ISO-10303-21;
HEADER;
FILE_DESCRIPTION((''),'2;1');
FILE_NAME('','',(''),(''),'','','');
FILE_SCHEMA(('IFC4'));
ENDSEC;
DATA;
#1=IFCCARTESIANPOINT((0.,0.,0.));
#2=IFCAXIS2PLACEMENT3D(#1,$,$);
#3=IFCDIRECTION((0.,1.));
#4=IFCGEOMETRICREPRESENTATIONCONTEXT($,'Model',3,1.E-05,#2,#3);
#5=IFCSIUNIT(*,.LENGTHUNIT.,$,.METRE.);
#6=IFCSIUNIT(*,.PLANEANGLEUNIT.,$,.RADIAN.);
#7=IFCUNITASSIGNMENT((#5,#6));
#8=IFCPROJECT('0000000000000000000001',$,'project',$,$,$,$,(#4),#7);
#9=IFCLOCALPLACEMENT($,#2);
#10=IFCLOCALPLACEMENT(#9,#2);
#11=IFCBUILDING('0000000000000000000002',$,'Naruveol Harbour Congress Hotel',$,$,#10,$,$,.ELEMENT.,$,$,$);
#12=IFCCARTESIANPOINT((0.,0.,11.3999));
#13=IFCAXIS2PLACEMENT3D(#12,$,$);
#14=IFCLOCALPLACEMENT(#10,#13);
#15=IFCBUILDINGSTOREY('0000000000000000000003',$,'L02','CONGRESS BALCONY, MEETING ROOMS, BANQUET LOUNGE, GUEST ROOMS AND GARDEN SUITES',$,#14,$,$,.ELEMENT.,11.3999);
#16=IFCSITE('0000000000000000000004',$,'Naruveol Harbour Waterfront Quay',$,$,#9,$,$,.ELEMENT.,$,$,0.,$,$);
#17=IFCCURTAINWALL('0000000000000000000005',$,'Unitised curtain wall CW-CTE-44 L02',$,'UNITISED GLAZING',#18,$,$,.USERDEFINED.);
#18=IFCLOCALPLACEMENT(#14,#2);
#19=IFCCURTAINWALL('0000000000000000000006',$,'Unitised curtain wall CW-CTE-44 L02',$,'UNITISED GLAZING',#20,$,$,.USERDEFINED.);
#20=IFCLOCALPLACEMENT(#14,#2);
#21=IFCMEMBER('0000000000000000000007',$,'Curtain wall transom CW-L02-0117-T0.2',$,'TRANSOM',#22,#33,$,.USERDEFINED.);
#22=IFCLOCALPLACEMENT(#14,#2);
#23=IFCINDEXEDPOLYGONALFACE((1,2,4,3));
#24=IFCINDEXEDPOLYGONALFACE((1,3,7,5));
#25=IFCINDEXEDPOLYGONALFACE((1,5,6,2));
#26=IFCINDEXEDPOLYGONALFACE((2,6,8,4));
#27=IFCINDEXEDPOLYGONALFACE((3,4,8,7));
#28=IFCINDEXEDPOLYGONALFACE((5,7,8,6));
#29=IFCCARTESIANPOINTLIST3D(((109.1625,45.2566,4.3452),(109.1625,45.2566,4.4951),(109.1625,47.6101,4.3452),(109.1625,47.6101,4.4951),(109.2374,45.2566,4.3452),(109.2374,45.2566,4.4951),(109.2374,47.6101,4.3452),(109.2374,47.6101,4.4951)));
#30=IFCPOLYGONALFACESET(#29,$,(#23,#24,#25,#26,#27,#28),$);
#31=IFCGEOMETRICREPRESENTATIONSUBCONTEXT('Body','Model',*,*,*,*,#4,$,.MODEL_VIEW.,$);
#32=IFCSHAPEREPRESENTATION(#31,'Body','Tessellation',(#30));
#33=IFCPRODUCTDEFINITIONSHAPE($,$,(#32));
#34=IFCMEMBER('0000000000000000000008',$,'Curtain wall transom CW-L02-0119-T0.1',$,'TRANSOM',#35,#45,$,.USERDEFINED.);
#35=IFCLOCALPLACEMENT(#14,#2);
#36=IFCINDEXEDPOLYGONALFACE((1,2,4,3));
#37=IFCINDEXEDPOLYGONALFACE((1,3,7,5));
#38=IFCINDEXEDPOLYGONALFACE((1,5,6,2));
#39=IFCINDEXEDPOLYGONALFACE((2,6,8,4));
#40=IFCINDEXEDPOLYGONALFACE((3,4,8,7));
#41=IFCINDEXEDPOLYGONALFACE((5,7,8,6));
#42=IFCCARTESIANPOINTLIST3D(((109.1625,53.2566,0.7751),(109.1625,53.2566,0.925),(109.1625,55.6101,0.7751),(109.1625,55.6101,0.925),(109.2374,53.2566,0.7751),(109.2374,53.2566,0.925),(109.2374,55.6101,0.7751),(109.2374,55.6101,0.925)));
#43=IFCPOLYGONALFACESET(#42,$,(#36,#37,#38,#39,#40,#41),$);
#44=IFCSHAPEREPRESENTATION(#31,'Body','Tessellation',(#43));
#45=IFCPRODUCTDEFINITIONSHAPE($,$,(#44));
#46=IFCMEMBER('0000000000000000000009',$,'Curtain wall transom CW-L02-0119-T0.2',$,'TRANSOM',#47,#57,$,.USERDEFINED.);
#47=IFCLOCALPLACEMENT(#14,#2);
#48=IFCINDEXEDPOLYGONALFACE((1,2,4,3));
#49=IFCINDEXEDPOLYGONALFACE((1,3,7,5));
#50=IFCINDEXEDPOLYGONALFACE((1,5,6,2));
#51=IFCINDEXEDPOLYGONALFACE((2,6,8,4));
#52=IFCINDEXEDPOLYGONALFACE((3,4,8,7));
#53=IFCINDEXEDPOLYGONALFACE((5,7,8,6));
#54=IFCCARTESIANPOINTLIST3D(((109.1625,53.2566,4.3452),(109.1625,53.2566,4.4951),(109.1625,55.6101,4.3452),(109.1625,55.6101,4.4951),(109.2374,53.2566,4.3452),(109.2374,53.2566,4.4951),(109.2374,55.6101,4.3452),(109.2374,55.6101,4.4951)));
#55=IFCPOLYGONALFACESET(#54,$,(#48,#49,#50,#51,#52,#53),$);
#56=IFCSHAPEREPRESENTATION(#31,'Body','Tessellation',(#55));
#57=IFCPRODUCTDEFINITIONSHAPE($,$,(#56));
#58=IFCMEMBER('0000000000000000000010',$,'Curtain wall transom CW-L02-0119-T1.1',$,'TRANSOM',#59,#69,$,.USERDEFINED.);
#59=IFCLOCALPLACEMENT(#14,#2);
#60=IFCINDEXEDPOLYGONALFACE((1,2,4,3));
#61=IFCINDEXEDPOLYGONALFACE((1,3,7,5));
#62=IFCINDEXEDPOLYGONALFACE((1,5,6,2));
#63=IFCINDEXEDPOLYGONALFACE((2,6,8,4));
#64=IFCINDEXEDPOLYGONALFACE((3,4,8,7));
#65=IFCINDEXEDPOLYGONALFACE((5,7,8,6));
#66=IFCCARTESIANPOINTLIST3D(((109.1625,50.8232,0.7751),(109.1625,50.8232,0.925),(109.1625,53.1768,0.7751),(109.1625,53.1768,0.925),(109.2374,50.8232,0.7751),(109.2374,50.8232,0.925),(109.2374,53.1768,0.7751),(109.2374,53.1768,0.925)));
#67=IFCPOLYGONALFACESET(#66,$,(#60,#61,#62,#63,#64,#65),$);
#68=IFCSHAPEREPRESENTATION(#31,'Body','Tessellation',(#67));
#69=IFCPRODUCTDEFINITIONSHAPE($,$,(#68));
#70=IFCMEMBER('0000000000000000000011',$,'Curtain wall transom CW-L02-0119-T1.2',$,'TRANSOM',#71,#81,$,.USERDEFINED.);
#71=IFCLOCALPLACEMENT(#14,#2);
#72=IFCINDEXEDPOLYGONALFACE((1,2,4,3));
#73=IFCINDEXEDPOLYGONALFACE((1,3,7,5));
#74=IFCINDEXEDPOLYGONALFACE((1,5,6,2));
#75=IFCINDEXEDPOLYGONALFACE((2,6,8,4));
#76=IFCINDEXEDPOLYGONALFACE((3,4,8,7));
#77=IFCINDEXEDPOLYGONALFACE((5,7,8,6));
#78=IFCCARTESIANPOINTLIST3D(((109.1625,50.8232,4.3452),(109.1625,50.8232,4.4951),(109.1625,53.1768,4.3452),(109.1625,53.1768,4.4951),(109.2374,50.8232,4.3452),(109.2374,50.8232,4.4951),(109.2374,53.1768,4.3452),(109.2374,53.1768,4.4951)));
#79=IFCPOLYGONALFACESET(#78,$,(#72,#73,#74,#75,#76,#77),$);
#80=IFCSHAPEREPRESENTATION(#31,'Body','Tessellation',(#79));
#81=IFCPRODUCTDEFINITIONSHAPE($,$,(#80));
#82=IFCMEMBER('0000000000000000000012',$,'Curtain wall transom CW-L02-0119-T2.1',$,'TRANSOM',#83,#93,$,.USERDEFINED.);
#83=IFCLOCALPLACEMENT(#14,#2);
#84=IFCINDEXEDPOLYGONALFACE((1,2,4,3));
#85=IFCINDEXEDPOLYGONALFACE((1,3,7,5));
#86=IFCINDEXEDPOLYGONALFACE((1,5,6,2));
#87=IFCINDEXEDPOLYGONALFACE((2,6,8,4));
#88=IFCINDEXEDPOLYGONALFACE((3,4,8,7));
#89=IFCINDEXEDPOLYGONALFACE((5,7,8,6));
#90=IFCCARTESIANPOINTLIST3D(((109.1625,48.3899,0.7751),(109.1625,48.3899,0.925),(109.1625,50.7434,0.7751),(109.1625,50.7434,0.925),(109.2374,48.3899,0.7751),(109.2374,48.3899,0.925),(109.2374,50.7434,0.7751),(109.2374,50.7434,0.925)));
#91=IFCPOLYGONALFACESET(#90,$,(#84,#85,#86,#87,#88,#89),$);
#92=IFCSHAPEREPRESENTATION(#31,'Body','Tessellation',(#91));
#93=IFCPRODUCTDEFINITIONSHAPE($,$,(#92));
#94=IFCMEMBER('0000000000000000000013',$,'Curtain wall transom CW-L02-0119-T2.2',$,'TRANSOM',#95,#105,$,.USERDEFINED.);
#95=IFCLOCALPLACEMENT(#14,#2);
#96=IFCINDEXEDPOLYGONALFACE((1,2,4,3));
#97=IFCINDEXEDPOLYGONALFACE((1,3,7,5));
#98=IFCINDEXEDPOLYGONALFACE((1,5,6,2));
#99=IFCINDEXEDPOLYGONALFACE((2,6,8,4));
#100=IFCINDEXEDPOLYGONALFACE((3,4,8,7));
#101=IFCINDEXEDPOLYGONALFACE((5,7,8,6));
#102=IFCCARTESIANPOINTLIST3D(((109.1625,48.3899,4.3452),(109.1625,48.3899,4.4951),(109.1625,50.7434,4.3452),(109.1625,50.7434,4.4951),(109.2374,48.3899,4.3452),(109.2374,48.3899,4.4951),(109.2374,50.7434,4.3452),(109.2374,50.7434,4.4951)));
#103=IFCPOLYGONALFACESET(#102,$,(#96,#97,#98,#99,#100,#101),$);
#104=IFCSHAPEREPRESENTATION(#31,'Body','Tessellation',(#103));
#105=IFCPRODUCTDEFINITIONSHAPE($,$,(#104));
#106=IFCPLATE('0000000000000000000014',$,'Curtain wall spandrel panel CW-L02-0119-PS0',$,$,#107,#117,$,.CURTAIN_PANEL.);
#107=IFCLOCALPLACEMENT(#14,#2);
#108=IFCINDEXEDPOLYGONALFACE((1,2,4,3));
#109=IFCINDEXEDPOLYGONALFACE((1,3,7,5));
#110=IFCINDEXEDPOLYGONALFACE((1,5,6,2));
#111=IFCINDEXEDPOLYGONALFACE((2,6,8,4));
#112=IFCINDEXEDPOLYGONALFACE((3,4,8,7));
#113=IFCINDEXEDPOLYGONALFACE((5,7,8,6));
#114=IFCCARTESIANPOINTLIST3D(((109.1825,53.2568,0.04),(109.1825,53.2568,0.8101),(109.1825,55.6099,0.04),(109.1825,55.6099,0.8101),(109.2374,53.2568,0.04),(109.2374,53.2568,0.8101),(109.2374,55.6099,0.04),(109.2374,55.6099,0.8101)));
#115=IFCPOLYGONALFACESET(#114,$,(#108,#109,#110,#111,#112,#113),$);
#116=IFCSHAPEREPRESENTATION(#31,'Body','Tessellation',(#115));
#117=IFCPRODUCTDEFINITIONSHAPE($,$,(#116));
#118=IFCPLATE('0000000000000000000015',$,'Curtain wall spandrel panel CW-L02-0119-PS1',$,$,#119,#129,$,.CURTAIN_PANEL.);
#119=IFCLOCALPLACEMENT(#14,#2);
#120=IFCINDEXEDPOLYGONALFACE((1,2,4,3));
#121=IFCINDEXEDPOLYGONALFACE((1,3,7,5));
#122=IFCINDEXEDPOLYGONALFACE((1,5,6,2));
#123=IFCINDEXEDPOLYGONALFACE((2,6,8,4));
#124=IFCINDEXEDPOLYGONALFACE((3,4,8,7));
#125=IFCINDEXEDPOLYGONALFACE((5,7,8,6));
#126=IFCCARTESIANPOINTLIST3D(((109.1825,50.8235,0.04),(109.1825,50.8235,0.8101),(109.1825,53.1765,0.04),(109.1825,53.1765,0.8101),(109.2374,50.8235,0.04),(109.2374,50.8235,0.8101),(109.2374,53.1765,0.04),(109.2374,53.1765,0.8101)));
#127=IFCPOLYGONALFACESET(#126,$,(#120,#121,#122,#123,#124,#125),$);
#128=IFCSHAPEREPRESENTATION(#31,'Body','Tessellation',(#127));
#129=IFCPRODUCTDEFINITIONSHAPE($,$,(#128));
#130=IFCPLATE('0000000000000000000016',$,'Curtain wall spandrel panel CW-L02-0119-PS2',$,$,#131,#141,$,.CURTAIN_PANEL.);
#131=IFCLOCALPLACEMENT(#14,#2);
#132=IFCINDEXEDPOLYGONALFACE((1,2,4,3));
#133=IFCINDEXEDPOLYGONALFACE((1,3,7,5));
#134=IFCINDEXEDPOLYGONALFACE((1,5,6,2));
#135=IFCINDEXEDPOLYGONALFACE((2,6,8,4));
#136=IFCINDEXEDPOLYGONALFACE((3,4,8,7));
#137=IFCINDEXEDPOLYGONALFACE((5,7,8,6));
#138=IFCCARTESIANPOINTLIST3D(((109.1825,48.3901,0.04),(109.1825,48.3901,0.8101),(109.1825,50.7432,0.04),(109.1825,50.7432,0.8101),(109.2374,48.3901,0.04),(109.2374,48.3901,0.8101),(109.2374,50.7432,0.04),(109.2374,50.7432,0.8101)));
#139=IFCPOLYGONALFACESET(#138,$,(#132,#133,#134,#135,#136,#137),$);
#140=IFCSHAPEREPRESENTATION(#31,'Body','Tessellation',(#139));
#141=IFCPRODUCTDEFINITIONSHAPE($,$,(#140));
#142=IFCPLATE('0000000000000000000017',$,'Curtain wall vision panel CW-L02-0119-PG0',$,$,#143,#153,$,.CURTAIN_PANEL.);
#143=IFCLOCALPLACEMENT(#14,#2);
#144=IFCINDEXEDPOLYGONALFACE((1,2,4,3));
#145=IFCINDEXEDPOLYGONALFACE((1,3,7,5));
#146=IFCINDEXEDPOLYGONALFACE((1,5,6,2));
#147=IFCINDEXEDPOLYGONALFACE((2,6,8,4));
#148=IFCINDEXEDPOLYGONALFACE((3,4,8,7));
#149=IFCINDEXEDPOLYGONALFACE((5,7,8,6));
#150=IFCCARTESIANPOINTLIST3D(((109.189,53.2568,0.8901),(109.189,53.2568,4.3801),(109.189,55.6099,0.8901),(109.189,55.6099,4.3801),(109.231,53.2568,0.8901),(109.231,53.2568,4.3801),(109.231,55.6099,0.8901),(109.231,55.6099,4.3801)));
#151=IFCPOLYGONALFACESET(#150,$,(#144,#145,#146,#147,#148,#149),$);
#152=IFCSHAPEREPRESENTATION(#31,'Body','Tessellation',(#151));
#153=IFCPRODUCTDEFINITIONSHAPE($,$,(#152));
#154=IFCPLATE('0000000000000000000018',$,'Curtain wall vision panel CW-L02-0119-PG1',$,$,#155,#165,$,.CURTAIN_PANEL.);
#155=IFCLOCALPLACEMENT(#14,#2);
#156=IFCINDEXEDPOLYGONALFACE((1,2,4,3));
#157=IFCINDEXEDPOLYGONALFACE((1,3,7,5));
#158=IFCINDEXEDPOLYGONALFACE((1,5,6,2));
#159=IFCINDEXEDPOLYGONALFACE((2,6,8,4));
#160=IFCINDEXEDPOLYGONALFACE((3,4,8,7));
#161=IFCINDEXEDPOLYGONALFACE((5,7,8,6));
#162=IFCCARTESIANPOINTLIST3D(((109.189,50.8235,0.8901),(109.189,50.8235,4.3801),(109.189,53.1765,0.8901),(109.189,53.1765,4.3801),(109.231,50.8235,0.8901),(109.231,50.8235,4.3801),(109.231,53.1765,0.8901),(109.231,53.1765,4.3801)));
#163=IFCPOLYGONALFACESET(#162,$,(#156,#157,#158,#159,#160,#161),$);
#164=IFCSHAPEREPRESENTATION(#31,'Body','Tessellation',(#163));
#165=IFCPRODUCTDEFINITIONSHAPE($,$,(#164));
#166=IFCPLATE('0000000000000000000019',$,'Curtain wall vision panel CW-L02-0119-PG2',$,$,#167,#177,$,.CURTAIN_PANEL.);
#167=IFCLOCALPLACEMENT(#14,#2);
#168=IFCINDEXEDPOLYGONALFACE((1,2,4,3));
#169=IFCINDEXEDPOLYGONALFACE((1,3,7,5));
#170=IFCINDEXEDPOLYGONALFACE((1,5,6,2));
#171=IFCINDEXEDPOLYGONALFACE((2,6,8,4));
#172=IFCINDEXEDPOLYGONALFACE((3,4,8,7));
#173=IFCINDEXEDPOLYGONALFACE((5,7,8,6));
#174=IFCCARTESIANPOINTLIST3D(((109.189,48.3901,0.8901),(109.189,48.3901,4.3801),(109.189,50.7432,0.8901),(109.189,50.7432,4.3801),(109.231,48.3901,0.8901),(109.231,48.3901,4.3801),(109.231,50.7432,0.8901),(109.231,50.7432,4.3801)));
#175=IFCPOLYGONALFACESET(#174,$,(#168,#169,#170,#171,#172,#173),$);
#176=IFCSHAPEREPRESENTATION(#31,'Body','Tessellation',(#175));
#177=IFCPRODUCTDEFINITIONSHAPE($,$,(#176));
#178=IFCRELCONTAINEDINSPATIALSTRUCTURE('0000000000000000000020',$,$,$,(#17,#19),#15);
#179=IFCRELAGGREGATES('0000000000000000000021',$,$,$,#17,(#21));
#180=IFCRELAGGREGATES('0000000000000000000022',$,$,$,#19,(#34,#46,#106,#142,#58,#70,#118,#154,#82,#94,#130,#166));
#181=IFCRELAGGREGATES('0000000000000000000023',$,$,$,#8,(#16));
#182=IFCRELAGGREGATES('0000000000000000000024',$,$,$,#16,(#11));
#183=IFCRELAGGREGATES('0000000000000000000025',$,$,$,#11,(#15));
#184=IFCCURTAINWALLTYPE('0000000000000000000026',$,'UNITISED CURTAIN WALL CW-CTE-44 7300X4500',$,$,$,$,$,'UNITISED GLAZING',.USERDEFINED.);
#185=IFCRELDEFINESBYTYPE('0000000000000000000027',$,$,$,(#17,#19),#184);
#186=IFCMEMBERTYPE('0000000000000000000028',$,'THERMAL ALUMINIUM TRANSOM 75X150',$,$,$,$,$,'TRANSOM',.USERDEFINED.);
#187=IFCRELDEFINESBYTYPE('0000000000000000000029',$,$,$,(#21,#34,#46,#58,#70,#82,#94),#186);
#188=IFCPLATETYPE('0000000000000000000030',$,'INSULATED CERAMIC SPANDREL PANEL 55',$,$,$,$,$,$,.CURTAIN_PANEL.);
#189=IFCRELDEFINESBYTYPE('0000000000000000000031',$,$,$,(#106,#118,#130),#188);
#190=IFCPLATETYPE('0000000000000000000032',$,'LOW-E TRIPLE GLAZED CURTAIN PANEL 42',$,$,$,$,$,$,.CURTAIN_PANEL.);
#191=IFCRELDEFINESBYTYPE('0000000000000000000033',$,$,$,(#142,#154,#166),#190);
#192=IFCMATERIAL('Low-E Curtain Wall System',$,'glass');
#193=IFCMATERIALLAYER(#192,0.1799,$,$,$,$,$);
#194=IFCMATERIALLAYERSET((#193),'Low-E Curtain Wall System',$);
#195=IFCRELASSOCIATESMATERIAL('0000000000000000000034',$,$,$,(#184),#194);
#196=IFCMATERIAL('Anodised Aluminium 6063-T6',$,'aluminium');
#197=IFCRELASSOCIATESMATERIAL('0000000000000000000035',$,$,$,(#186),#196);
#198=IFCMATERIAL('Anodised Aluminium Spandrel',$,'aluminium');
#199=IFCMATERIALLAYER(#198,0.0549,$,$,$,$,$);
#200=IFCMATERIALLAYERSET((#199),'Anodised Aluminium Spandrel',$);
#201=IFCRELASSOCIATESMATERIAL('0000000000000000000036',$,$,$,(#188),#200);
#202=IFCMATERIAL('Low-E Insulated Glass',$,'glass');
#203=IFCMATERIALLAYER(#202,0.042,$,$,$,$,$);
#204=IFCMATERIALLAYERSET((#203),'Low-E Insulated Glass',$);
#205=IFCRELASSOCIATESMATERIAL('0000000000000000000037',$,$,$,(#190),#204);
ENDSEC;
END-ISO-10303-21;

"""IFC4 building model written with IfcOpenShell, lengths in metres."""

from ifc_helpers import new_model, si_unit, direction, frame, origin, origin_2d, place, context, subcontext, project, spatial, rectangle, extrude, material, layer, layer_set, material_profile, profile_set, type_object, element, aggregate, save


model = new_model("IFC4")

# Units and contexts
model_context = context("Model", 3, precision=1e-05, world=origin(), true_north=direction((0.0, 1.0)))
body_context = subcontext(model_context, "Body", "Model", "MODEL_VIEW")
ifc_project = project(units=[si_unit("LENGTHUNIT", "METRE"), si_unit("PLANEANGLEUNIT", "RADIAN")], contexts=[model_context])

# Site, building, storey
site_placement = place(None, origin())
site = spatial("IfcSite", under=ifc_project, at=site_placement, Name="Naruveol Harbour Waterfront Quay", CompositionType="ELEMENT", RefElevation=0.0)
building_placement = place(site_placement, origin())
building = spatial("IfcBuilding", under=site, at=building_placement, Name="Naruveol Harbour Congress Hotel", CompositionType="ELEMENT")
storey_placement = place(building_placement, frame((0.0, 0.0, 11.3999)))
storey = spatial("IfcBuildingStorey", under=building, at=storey_placement, Name="L02", Description="CONGRESS BALCONY, MEETING ROOMS, BANQUET LOUNGE, GUEST ROOMS AND GARDEN SUITES", CompositionType="ELEMENT", Elevation=11.3999)

# Curtain wall
ifc_material_1 = material(Name="Low-E Curtain Wall System", Category="glass")
ifc_layer_1 = layer(ifc_material_1, 0.1799)
ifc_layer_set_1 = layer_set([ifc_layer_1], Name="Low-E Curtain Wall System")
curtain_wall_type = type_object("IfcCurtainWallType", Name="UNITISED CURTAIN WALL CW-CTE-44 7300X4500", ElementType="UNITISED GLAZING", PredefinedType="USERDEFINED", material=ifc_layer_set_1)
curtain_wall_1_placement = place(storey_placement, origin())
curtain_wall_1 = element("IfcCurtainWall", 1, at=curtain_wall_1_placement, inside=storey, type_object=curtain_wall_type, Name="Unitised curtain wall CW-CTE-44 L02", ObjectType="UNITISED GLAZING", PredefinedType="USERDEFINED")

# Curtain wall
curtain_wall_2_placement = place(storey_placement, origin())
curtain_wall_2 = element("IfcCurtainWall", 2, at=curtain_wall_2_placement, inside=storey, type_object=curtain_wall_type, Name="Unitised curtain wall CW-CTE-44 L02", ObjectType="UNITISED GLAZING", PredefinedType="USERDEFINED")

# Members
ifc_material_2 = material(Name="Anodised Aluminium 6063-T6", Category="aluminium")
ifc_material_profile_1 = material_profile(ifc_material_2, rectangle(XDim=0.075, YDim=0.1499, at=origin_2d()), Name="ALU-75x150")
ifc_profile_set_1 = profile_set([ifc_material_profile_1], Name="Anodised Aluminium 6063-T6")
member_type_1 = type_object("IfcMemberType", Name="THERMAL ALUMINIUM TRANSOM 75X150", ElementType="TRANSOM", PredefinedType="USERDEFINED", material=ifc_profile_set_1)
member_1_placement = place(storey_placement, frame((109.2, 47.6101, 4.4202), z_axis=(0.0, -1.0, 0.0), x_axis=(1.0, 0.0, 0.0)))
member_1 = element("IfcMember", 3, at=member_1_placement, type_object=member_type_1, Name="Curtain wall transom CW-L02-0117-T0.2", ObjectType="TRANSOM", PredefinedType="USERDEFINED", context=body_context, shape_type="SweptSolid", body=[
    extrude(rectangle(XDim=0.075, YDim=0.1499, at=origin_2d()), origin(), (0.0, 0.0, 1.0), 2.3535),
])
aggregate(curtain_wall_1, [member_1])
member_2_placement = place(storey_placement, frame((109.2, 55.6101, 0.8501), z_axis=(0.0, -1.0, 0.0), x_axis=(1.0, 0.0, 0.0)))
member_2 = element("IfcMember", 4, at=member_2_placement, type_object=member_type_1, Name="Curtain wall transom CW-L02-0119-T0.1", ObjectType="TRANSOM", PredefinedType="USERDEFINED", context=body_context, shape_type="SweptSolid", body=[
    extrude(rectangle(XDim=0.075, YDim=0.1499, at=origin_2d()), origin(), (0.0, 0.0, 1.0), 2.3535),
])
member_3_placement = place(storey_placement, frame((109.2, 55.6101, 4.4202), z_axis=(0.0, -1.0, 0.0), x_axis=(1.0, 0.0, 0.0)))
member_3 = element("IfcMember", 5, at=member_3_placement, type_object=member_type_1, Name="Curtain wall transom CW-L02-0119-T0.2", ObjectType="TRANSOM", PredefinedType="USERDEFINED", context=body_context, shape_type="SweptSolid", body=[
    extrude(rectangle(XDim=0.075, YDim=0.1499, at=origin_2d()), origin(), (0.0, 0.0, 1.0), 2.3535),
])
member_4_placement = place(storey_placement, frame((109.2, 53.1768, 0.8501), z_axis=(0.0, -1.0, 0.0), x_axis=(1.0, 0.0, 0.0)))
member_4 = element("IfcMember", 6, at=member_4_placement, type_object=member_type_1, Name="Curtain wall transom CW-L02-0119-T1.1", ObjectType="TRANSOM", PredefinedType="USERDEFINED", context=body_context, shape_type="SweptSolid", body=[
    extrude(rectangle(XDim=0.075, YDim=0.1499, at=origin_2d()), origin(), (0.0, 0.0, 1.0), 2.3535),
])
member_5_placement = place(storey_placement, frame((109.2, 53.1768, 4.4202), z_axis=(0.0, -1.0, 0.0), x_axis=(1.0, 0.0, 0.0)))
member_5 = element("IfcMember", 7, at=member_5_placement, type_object=member_type_1, Name="Curtain wall transom CW-L02-0119-T1.2", ObjectType="TRANSOM", PredefinedType="USERDEFINED", context=body_context, shape_type="SweptSolid", body=[
    extrude(rectangle(XDim=0.075, YDim=0.1499, at=origin_2d()), origin(), (0.0, 0.0, 1.0), 2.3535),
])
member_6_placement = place(storey_placement, frame((109.2, 50.7434, 0.8501), z_axis=(0.0, -1.0, 0.0), x_axis=(1.0, 0.0, 0.0)))
member_6 = element("IfcMember", 8, at=member_6_placement, type_object=member_type_1, Name="Curtain wall transom CW-L02-0119-T2.1", ObjectType="TRANSOM", PredefinedType="USERDEFINED", context=body_context, shape_type="SweptSolid", body=[
    extrude(rectangle(XDim=0.075, YDim=0.1499, at=origin_2d()), origin(), (0.0, 0.0, 1.0), 2.3535),
])
member_7_placement = place(storey_placement, frame((109.2, 50.7434, 4.4202), z_axis=(0.0, -1.0, 0.0), x_axis=(1.0, 0.0, 0.0)))
member_7 = element("IfcMember", 9, at=member_7_placement, type_object=member_type_1, Name="Curtain wall transom CW-L02-0119-T2.2", ObjectType="TRANSOM", PredefinedType="USERDEFINED", context=body_context, shape_type="SweptSolid", body=[
    extrude(rectangle(XDim=0.075, YDim=0.1499, at=origin_2d()), origin(), (0.0, 0.0, 1.0), 2.3535),
])

# Plates
ifc_material_3 = material(Name="Anodised Aluminium Spandrel", Category="aluminium")
ifc_layer_2 = layer(ifc_material_3, 0.0549)
ifc_layer_set_2 = layer_set([ifc_layer_2], Name="Anodised Aluminium Spandrel")
plate_type_1 = type_object("IfcPlateType", Name="INSULATED CERAMIC SPANDREL PANEL 55", PredefinedType="CURTAIN_PANEL", material=ifc_layer_set_2)
plate_1_placement = place(storey_placement, frame((109.21, 54.4333, 0.04), z_axis=(0.0, 0.0, 1.0), x_axis=(0.0, -1.0, 0.0)))
plate_1 = element("IfcPlate", 10, at=plate_1_placement, type_object=plate_type_1, Name="Curtain wall spandrel panel CW-L02-0119-PS0", PredefinedType="CURTAIN_PANEL", context=body_context, shape_type="SweptSolid", body=[
    extrude(rectangle(XDim=2.353, YDim=0.0549, at=origin_2d()), origin(), (0.0, 0.0, 1.0), 0.77),
])
plate_2_placement = place(storey_placement, frame((109.21, 52.0, 0.04), z_axis=(0.0, 0.0, 1.0), x_axis=(0.0, -1.0, 0.0)))
plate_2 = element("IfcPlate", 11, at=plate_2_placement, type_object=plate_type_1, Name="Curtain wall spandrel panel CW-L02-0119-PS1", PredefinedType="CURTAIN_PANEL", context=body_context, shape_type="SweptSolid", body=[
    extrude(rectangle(XDim=2.353, YDim=0.0549, at=origin_2d()), origin(), (0.0, 0.0, 1.0), 0.77),
])
plate_3_placement = place(storey_placement, frame((109.21, 49.5667, 0.04), z_axis=(0.0, 0.0, 1.0), x_axis=(0.0, -1.0, 0.0)))
plate_3 = element("IfcPlate", 12, at=plate_3_placement, type_object=plate_type_1, Name="Curtain wall spandrel panel CW-L02-0119-PS2", PredefinedType="CURTAIN_PANEL", context=body_context, shape_type="SweptSolid", body=[
    extrude(rectangle(XDim=2.353, YDim=0.0549, at=origin_2d()), origin(), (0.0, 0.0, 1.0), 0.77),
])
ifc_material_4 = material(Name="Low-E Insulated Glass", Category="glass")
ifc_layer_3 = layer(ifc_material_4, 0.042)
ifc_layer_set_3 = layer_set([ifc_layer_3], Name="Low-E Insulated Glass")
plate_type_2 = type_object("IfcPlateType", Name="LOW-E TRIPLE GLAZED CURTAIN PANEL 42", PredefinedType="CURTAIN_PANEL", material=ifc_layer_set_3)
plate_4_placement = place(storey_placement, frame((109.21, 54.4333, 0.8901), z_axis=(0.0, 0.0, 1.0), x_axis=(0.0, -1.0, 0.0)))
plate_4 = element("IfcPlate", 13, at=plate_4_placement, type_object=plate_type_2, Name="Curtain wall vision panel CW-L02-0119-PG0", PredefinedType="CURTAIN_PANEL", context=body_context, shape_type="SweptSolid", body=[
    extrude(rectangle(XDim=2.353, YDim=0.042, at=origin_2d()), origin(), (0.0, 0.0, 1.0), 3.49),
])
plate_5_placement = place(storey_placement, frame((109.21, 52.0, 0.8901), z_axis=(0.0, 0.0, 1.0), x_axis=(0.0, -1.0, 0.0)))
plate_5 = element("IfcPlate", 14, at=plate_5_placement, type_object=plate_type_2, Name="Curtain wall vision panel CW-L02-0119-PG1", PredefinedType="CURTAIN_PANEL", context=body_context, shape_type="SweptSolid", body=[
    extrude(rectangle(XDim=2.353, YDim=0.042, at=origin_2d()), origin(), (0.0, 0.0, 1.0), 3.49),
])
plate_6_placement = place(storey_placement, frame((109.21, 49.5667, 0.8901), z_axis=(0.0, 0.0, 1.0), x_axis=(0.0, -1.0, 0.0)))
plate_6 = element("IfcPlate", 15, at=plate_6_placement, type_object=plate_type_2, Name="Curtain wall vision panel CW-L02-0119-PG2", PredefinedType="CURTAIN_PANEL", context=body_context, shape_type="SweptSolid", body=[
    extrude(rectangle(XDim=2.353, YDim=0.042, at=origin_2d()), origin(), (0.0, 0.0, 1.0), 3.49),
])
aggregate(curtain_wall_2, [member_2, member_3, plate_1, plate_4, member_4, member_5, plate_2, plate_5, member_6, member_7, plate_3, plate_6])

save(model, "model.ifc")
